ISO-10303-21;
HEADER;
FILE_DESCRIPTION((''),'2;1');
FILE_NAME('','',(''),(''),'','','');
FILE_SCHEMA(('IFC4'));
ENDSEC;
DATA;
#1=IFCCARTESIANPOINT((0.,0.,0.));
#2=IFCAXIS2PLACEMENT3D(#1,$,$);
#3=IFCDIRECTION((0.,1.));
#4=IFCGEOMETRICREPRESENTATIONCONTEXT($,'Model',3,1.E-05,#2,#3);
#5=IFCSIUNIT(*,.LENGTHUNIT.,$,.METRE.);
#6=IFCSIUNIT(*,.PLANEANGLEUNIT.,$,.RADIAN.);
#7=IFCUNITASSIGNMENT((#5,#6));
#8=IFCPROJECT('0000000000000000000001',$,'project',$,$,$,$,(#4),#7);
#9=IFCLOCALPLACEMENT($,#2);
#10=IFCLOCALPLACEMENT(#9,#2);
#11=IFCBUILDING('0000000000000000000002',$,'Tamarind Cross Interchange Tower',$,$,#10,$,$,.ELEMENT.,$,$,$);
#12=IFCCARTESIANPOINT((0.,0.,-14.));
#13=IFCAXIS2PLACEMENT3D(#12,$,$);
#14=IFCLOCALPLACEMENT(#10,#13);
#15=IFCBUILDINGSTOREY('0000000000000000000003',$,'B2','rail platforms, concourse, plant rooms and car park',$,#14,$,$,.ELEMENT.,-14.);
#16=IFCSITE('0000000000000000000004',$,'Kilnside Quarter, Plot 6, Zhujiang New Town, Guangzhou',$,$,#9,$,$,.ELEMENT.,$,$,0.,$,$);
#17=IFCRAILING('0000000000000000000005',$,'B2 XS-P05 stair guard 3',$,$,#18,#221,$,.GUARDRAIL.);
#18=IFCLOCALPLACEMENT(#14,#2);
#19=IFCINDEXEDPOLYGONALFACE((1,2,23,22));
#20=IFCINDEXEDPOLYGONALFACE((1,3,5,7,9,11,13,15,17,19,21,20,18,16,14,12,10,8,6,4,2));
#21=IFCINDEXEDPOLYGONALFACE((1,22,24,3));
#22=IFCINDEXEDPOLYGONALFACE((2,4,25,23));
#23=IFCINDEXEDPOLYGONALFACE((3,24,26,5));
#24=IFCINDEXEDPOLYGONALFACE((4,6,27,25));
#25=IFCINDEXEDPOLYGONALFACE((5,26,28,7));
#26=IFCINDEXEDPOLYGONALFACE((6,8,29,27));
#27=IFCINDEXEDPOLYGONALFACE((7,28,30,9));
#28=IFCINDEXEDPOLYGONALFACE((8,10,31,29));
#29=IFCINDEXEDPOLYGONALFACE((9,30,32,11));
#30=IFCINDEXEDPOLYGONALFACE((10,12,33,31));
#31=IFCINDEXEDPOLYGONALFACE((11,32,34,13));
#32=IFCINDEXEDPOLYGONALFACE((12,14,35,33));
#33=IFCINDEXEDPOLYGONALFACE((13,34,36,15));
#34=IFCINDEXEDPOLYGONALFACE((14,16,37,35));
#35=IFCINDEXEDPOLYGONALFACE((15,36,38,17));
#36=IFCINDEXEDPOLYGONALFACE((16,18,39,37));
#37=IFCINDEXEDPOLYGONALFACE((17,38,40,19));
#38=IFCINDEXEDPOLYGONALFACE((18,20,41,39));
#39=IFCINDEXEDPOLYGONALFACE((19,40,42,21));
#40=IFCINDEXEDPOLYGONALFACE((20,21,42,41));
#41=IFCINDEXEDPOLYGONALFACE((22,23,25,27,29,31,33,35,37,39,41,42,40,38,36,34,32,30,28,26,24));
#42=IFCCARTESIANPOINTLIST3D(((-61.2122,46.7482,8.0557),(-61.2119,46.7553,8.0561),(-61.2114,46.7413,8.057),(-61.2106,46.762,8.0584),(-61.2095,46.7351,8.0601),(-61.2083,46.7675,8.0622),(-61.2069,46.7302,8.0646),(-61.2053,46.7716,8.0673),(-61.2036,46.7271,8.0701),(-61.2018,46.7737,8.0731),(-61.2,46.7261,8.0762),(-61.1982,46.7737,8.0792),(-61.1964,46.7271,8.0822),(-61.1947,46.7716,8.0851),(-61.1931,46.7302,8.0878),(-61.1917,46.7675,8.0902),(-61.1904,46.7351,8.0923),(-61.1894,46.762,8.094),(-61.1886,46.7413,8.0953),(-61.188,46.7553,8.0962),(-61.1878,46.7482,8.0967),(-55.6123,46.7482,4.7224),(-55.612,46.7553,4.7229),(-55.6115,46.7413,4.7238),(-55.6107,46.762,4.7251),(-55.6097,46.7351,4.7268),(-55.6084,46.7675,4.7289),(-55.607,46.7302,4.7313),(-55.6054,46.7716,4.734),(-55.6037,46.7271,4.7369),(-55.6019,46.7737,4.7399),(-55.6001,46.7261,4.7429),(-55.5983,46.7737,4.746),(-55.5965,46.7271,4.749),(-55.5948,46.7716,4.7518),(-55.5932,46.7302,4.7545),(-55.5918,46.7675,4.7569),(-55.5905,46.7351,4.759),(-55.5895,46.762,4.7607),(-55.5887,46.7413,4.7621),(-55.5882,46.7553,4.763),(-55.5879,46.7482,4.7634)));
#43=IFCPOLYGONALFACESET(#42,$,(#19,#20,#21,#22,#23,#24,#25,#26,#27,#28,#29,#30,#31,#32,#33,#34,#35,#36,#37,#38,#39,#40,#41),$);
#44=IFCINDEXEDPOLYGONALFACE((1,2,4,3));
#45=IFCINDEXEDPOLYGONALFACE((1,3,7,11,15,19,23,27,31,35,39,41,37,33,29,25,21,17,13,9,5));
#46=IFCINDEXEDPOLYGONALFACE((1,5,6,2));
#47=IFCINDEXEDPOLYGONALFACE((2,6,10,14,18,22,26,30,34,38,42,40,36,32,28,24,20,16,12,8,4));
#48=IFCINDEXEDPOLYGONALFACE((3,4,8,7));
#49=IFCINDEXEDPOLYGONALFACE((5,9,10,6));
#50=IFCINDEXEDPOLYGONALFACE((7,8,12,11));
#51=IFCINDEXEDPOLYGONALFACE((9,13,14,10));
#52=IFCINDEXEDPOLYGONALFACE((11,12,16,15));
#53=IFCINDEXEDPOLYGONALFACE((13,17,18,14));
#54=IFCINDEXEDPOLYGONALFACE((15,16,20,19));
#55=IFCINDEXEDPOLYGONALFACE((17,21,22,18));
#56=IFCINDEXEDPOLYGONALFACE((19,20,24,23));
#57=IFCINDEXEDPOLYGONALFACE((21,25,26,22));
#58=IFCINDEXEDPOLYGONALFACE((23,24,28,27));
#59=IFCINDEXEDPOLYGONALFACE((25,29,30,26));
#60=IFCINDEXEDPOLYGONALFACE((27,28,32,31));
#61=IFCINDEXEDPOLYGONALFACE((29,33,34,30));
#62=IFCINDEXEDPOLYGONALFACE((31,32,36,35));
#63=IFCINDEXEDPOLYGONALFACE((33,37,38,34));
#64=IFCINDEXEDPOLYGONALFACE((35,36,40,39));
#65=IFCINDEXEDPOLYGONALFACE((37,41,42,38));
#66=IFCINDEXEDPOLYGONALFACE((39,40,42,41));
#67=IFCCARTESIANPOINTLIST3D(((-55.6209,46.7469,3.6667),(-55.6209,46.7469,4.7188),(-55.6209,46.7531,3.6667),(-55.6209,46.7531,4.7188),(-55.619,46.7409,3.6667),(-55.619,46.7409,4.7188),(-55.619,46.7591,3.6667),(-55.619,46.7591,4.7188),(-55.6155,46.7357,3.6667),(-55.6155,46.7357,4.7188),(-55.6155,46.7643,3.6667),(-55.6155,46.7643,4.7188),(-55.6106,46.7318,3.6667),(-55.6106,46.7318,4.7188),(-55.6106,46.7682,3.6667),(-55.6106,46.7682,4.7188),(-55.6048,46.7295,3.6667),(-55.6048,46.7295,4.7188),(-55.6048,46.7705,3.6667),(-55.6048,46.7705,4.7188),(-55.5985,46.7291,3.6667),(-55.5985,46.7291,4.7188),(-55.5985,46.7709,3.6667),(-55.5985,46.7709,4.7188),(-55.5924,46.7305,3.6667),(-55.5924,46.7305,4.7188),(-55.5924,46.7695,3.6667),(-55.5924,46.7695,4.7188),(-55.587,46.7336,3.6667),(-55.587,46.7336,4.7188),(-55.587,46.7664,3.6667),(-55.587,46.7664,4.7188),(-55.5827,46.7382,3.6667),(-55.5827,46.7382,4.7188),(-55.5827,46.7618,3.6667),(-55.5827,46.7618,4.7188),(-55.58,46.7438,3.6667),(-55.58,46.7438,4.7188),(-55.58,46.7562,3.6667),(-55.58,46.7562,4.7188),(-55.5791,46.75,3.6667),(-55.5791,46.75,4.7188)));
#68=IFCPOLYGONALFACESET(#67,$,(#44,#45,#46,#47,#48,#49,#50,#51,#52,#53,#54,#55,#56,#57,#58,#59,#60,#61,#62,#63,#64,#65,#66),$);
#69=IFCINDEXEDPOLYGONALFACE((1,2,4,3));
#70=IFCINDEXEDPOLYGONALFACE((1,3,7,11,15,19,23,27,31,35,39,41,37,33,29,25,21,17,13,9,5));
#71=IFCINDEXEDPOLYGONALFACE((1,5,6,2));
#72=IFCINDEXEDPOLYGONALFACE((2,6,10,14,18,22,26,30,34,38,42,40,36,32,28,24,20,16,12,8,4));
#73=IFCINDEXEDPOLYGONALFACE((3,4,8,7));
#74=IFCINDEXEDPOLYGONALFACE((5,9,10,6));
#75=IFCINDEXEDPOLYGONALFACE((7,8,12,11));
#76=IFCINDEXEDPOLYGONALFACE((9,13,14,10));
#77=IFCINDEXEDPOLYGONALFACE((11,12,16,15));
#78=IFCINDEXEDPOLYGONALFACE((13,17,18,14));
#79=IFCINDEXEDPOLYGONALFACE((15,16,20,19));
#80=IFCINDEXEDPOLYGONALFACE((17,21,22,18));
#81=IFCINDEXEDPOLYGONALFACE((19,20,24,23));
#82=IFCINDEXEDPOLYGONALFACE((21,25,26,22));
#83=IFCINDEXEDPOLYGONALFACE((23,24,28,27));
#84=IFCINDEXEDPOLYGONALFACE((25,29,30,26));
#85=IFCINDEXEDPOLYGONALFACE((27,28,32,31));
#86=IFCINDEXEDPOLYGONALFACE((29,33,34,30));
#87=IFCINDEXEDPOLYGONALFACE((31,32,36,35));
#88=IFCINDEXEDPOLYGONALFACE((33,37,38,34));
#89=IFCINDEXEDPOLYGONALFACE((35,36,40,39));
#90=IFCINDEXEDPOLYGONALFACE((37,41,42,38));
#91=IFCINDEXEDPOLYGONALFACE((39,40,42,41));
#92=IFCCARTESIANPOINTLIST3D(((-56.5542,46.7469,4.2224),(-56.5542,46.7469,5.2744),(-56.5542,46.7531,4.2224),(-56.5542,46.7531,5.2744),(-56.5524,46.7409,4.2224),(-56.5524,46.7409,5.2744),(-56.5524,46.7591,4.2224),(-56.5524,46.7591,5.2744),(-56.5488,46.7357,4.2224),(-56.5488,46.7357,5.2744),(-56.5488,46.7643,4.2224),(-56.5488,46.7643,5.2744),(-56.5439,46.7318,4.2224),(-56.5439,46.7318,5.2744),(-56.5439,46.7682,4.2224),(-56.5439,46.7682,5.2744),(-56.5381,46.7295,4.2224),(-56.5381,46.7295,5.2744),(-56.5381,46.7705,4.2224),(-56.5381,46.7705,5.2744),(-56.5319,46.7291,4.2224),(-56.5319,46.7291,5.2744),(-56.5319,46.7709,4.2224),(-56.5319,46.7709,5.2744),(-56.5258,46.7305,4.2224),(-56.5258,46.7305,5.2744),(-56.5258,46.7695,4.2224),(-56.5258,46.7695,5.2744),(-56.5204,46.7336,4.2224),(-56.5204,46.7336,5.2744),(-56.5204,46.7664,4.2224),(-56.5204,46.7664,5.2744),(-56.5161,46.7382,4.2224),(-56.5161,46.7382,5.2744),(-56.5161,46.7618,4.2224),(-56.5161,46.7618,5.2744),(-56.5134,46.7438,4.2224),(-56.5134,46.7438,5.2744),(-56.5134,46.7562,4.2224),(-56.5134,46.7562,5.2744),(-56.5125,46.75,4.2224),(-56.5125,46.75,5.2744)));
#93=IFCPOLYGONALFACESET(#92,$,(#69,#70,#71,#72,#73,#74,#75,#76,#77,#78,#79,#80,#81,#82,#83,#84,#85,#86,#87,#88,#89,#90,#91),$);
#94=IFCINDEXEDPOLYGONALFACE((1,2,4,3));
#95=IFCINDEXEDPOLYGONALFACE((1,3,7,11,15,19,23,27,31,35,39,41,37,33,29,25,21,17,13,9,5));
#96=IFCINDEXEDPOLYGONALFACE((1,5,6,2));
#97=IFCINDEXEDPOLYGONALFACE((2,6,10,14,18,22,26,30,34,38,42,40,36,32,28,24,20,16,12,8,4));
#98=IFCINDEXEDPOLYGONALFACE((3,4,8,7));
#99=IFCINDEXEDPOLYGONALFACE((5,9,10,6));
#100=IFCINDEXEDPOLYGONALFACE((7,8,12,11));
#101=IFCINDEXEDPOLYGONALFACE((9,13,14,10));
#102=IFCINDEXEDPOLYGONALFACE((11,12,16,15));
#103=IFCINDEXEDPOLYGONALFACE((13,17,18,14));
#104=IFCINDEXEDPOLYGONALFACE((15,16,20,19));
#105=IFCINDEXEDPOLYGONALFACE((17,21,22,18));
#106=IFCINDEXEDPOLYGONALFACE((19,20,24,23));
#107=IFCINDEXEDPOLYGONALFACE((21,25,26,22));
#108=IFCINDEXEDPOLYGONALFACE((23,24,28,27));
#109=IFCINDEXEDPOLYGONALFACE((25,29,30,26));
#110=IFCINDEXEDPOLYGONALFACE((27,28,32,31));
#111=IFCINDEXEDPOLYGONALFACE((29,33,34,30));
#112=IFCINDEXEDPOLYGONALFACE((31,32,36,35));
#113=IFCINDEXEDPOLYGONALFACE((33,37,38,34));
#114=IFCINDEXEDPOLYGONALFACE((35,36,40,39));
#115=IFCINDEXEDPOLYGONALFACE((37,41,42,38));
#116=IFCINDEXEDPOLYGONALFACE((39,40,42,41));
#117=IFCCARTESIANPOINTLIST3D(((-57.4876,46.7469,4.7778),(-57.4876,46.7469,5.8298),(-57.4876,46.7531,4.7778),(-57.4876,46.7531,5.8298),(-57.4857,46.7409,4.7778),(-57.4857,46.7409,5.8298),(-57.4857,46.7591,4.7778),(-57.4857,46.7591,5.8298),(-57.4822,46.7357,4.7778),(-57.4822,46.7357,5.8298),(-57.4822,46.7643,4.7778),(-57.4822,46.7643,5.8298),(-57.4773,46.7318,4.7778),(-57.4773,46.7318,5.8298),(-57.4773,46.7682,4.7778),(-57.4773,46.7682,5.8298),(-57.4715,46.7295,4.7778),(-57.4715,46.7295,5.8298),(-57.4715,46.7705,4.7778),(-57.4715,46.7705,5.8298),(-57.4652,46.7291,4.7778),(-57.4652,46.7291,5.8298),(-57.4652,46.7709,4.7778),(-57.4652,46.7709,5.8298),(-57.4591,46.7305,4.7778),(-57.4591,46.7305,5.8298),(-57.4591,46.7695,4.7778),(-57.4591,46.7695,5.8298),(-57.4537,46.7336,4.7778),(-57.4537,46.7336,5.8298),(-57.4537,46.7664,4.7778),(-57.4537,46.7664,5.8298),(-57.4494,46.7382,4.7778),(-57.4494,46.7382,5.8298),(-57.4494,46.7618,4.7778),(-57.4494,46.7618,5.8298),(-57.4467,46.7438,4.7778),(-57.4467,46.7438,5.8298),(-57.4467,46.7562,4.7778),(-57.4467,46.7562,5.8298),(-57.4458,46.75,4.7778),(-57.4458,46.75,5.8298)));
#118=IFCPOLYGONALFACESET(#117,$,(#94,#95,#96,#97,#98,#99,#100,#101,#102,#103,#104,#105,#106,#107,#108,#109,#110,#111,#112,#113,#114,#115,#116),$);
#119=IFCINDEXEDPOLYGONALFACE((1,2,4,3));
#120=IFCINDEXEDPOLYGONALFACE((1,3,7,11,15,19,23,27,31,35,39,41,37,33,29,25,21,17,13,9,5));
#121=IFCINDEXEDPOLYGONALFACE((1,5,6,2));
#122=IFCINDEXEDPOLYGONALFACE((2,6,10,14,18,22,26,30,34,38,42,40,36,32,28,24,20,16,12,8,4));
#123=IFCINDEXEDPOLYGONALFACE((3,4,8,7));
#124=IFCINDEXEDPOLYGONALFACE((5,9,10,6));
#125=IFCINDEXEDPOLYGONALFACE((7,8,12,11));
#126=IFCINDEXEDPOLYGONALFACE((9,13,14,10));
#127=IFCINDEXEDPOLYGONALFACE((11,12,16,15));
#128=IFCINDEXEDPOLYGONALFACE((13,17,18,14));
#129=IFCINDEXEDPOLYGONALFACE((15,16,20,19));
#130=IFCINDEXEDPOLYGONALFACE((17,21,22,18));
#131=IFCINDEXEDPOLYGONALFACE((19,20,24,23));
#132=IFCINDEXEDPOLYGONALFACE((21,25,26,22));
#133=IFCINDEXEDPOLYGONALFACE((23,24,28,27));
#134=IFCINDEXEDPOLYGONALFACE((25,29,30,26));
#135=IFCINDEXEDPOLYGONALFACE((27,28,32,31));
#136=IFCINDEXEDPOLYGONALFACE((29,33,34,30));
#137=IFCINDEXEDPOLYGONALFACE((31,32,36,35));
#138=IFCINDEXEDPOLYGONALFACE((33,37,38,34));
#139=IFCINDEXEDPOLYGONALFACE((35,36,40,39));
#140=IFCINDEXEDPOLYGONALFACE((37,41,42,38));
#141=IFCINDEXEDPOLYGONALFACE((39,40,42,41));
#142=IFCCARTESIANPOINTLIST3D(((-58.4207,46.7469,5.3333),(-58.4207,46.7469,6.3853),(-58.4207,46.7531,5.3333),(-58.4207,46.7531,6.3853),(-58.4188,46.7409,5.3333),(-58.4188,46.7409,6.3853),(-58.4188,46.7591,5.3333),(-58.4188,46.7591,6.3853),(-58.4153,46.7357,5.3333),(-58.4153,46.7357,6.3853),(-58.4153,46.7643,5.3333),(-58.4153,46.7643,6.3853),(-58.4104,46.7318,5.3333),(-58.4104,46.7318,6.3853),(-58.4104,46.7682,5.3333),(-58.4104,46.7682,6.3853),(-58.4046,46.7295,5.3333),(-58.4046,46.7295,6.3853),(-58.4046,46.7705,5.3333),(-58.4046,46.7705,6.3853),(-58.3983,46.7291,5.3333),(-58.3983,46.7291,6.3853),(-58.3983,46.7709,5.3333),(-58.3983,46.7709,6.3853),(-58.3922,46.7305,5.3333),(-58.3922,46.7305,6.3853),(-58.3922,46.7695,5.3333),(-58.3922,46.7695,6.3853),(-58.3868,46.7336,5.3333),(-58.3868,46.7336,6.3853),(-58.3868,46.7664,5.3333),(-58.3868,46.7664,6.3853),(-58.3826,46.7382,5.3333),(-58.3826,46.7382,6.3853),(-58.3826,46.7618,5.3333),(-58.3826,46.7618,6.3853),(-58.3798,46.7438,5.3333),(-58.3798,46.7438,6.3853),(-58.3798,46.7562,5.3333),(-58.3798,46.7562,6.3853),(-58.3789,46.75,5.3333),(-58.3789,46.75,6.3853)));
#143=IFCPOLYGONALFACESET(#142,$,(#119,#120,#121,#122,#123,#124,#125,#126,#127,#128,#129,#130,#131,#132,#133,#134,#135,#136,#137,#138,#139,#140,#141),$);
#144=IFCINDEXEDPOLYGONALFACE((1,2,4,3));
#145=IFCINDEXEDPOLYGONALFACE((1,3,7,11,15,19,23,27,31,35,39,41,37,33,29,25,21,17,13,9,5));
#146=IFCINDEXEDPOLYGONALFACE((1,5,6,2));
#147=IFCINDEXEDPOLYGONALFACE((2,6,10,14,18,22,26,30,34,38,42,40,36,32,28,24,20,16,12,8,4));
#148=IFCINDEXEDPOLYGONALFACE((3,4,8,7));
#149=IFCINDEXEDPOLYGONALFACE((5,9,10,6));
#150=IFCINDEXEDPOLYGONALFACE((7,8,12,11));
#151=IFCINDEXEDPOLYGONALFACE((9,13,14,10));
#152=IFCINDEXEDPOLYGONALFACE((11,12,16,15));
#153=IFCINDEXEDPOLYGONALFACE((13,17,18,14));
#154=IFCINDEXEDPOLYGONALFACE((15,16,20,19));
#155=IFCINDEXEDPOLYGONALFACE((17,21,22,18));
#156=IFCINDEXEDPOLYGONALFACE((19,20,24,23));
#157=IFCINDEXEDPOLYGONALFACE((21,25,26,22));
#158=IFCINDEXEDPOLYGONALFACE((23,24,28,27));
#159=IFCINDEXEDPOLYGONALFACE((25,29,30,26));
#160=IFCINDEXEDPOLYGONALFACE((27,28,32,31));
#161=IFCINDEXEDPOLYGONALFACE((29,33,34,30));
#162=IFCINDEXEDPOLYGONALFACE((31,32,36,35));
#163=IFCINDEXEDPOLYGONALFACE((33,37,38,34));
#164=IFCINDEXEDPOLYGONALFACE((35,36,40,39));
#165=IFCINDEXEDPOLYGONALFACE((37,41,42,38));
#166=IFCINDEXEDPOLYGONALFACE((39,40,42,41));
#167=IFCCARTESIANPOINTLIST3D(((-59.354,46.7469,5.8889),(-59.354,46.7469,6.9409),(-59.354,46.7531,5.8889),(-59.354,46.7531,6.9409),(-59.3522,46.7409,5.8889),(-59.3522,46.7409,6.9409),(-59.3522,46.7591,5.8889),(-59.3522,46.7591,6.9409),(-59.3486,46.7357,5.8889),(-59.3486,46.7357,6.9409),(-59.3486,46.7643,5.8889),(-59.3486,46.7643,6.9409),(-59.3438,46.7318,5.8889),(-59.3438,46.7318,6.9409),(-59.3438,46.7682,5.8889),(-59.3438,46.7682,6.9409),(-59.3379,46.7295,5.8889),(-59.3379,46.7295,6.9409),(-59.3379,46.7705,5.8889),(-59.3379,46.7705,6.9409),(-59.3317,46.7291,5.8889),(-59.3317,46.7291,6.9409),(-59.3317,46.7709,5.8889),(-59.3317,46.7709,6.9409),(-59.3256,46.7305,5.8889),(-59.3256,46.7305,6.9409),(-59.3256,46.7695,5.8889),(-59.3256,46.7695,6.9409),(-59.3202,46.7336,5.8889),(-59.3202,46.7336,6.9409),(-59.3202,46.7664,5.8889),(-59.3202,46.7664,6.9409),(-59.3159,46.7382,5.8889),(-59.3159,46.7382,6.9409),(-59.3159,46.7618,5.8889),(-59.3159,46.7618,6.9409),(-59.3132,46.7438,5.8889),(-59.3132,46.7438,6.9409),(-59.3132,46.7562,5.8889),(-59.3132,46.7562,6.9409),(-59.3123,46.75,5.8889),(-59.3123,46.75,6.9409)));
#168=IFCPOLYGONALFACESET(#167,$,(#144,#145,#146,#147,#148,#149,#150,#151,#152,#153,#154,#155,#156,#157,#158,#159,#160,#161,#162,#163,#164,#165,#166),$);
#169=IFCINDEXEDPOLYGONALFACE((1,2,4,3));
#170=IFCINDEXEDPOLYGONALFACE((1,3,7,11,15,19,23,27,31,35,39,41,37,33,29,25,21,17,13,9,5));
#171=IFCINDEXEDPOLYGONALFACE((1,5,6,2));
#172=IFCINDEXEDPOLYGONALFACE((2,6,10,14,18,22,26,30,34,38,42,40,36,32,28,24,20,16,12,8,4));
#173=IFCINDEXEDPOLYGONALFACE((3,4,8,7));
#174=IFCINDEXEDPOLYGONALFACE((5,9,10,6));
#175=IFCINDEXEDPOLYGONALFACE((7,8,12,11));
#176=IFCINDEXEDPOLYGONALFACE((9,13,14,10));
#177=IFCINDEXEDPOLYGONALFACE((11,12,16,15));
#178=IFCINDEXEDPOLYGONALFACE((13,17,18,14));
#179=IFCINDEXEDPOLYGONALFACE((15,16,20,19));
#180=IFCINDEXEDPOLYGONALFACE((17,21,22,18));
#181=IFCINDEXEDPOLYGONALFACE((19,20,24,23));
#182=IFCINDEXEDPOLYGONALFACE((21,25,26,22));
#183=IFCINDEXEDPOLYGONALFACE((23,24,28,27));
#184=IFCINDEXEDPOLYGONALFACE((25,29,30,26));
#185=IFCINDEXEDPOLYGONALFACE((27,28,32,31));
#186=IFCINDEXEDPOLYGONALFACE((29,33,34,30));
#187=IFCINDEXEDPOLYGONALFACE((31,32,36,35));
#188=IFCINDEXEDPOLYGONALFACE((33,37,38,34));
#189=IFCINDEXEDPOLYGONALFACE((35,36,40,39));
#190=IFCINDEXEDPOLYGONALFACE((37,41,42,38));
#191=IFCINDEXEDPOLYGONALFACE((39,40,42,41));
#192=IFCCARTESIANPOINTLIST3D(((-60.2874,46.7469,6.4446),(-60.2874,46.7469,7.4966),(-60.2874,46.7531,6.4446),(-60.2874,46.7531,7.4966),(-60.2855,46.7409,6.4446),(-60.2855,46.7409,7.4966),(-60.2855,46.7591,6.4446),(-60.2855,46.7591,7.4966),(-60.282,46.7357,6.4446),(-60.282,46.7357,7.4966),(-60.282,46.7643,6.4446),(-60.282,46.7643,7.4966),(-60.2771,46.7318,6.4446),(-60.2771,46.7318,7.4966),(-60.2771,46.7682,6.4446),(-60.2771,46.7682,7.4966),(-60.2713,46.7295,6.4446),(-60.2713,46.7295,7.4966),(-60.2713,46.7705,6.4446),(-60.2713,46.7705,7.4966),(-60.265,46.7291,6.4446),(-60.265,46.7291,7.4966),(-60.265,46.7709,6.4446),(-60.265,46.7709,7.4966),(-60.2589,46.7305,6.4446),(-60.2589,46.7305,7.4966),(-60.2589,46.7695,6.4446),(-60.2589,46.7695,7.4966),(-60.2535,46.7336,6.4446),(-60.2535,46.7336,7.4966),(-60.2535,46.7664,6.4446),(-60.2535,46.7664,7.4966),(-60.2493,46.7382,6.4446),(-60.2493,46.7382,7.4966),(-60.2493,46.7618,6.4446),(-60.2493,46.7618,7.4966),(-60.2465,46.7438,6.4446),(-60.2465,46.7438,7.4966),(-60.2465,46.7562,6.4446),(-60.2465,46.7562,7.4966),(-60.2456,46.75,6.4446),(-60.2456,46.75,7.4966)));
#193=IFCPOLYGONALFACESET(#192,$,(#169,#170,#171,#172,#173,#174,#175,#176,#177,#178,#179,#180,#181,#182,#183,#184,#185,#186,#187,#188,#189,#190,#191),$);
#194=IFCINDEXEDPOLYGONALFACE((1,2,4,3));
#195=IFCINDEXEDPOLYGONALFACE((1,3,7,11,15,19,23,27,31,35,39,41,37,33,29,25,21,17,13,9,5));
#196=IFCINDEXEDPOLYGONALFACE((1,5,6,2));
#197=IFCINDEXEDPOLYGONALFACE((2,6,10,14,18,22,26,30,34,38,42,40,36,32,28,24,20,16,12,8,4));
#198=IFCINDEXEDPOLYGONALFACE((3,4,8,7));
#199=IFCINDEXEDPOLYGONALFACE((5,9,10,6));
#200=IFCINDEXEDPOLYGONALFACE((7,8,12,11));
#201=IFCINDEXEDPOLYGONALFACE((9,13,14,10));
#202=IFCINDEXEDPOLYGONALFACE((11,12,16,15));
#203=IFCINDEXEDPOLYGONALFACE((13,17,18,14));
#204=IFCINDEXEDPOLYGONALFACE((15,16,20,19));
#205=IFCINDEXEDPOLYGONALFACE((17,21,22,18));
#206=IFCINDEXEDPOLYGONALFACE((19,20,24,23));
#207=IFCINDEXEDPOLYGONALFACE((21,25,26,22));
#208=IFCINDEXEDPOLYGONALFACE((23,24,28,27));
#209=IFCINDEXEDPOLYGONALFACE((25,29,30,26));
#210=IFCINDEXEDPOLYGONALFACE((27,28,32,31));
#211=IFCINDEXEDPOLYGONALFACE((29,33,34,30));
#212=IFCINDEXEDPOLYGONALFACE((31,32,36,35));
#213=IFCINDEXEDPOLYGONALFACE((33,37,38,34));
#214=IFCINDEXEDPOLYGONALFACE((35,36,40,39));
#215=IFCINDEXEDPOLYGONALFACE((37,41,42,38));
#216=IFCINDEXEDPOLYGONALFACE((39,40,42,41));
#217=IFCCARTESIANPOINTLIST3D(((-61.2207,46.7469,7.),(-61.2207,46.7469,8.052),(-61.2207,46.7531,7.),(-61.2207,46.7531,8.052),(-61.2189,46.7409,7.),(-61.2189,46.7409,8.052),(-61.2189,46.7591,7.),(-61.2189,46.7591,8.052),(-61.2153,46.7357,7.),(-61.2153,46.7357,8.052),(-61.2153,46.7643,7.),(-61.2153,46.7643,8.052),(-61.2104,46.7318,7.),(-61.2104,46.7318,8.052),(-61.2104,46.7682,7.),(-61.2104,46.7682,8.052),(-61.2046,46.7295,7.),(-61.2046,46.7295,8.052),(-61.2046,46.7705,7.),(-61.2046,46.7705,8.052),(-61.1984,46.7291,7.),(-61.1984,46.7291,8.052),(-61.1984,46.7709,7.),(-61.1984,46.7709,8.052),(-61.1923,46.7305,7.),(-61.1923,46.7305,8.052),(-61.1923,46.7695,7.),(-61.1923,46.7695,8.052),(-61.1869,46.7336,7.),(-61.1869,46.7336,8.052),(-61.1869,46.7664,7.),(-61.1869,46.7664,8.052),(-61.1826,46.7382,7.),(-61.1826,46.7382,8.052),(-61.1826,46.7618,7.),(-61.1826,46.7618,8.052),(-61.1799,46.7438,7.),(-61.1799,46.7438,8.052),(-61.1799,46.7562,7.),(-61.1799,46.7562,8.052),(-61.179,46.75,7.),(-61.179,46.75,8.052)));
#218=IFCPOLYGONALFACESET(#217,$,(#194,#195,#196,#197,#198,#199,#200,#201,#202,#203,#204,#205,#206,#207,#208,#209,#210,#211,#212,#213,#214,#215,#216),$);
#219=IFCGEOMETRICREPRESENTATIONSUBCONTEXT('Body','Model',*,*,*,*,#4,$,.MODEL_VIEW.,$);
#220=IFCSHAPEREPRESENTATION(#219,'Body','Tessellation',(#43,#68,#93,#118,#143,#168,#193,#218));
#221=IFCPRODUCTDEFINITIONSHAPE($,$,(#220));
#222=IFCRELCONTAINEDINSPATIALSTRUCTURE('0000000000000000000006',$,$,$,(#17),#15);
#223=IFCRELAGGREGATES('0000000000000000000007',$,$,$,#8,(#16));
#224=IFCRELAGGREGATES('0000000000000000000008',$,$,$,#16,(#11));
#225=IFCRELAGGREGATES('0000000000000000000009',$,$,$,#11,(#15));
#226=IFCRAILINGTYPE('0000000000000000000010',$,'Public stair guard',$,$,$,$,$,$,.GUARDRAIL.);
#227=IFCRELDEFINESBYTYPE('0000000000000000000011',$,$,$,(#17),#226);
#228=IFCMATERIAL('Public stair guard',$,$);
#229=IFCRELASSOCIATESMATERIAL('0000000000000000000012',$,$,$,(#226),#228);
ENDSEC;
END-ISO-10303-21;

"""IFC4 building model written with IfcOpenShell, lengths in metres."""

from ifc_helpers import new_model, si_unit, direction, frame, origin, origin_2d, place, context, subcontext, project, spatial, circle, extrude, material, type_object, element, save


model = new_model("IFC4")

# Units and contexts
model_context = context("Model", 3, precision=1e-05, world=origin(), true_north=direction((0.0, 1.0)))
body_context = subcontext(model_context, "Body", "Model", "MODEL_VIEW")
ifc_project = project(units=[si_unit("LENGTHUNIT", "METRE"), si_unit("PLANEANGLEUNIT", "RADIAN")], contexts=[model_context])

# Site, building, storey
site_placement = place(None, origin())
site = spatial("IfcSite", under=ifc_project, at=site_placement, Name="Kilnside Quarter, Plot 6, Zhujiang New Town, Guangzhou", CompositionType="ELEMENT", RefElevation=0.0)
building_placement = place(site_placement, origin())
building = spatial("IfcBuilding", under=site, at=building_placement, Name="Tamarind Cross Interchange Tower", CompositionType="ELEMENT")
storey_placement = place(building_placement, frame((0.0, 0.0, -14.0)))
storey = spatial("IfcBuildingStorey", under=building, at=storey_placement, Name="B2", Description="rail platforms, concourse, plant rooms and car park", CompositionType="ELEMENT", Elevation=-14.0)

# Railing
ifc_material_1 = material(Name="Public stair guard")
railing_type_1 = type_object("IfcRailingType", Name="Public stair guard", PredefinedType="GUARDRAIL", material=ifc_material_1)
railing_1_placement = place(storey_placement, frame((-55.6001, 46.75, 3.6667)))
element("IfcRailing", 1, at=railing_1_placement, inside=storey, type_object=railing_type_1, Name="B2 XS-P05 stair guard 3", PredefinedType="GUARDRAIL", context=body_context, shape_type="SweptSolid", body=[
    extrude(circle(Radius=0.0239, at=origin_2d()), frame((0.0, 0.0, 1.0762), z_axis=(-0.859292, 0.0, 0.511485), x_axis=(0.0, -1.0, 0.0)), (0.0, 0.0, 1.0), 6.5168),
    extrude(circle(Radius=0.021, at=origin_2d()), origin(), (0.0, 0.0, 1.0), 1.052),
    extrude(circle(Radius=0.021, at=origin_2d()), frame((-0.9333, 0.0, 0.5557)), (0.0, 0.0, 1.0), 1.052),
    extrude(circle(Radius=0.021, at=origin_2d()), frame((-1.8667, 0.0, 1.1111)), (0.0, 0.0, 1.0), 1.052),
    extrude(circle(Radius=0.021, at=origin_2d()), frame((-2.7998, 0.0, 1.6665)), (0.0, 0.0, 1.0), 1.052),
    extrude(circle(Radius=0.021, at=origin_2d()), frame((-3.7332, 0.0, 2.2222)), (0.0, 0.0, 1.0), 1.052),
    extrude(circle(Radius=0.021, at=origin_2d()), frame((-4.6665, 0.0, 2.7778)), (0.0, 0.0, 1.0), 1.052),
    extrude(circle(Radius=0.021, at=origin_2d()), frame((-5.5999, 0.0, 3.3333)), (0.0, 0.0, 1.0), 1.052),
])

save(model, "model.ifc")
